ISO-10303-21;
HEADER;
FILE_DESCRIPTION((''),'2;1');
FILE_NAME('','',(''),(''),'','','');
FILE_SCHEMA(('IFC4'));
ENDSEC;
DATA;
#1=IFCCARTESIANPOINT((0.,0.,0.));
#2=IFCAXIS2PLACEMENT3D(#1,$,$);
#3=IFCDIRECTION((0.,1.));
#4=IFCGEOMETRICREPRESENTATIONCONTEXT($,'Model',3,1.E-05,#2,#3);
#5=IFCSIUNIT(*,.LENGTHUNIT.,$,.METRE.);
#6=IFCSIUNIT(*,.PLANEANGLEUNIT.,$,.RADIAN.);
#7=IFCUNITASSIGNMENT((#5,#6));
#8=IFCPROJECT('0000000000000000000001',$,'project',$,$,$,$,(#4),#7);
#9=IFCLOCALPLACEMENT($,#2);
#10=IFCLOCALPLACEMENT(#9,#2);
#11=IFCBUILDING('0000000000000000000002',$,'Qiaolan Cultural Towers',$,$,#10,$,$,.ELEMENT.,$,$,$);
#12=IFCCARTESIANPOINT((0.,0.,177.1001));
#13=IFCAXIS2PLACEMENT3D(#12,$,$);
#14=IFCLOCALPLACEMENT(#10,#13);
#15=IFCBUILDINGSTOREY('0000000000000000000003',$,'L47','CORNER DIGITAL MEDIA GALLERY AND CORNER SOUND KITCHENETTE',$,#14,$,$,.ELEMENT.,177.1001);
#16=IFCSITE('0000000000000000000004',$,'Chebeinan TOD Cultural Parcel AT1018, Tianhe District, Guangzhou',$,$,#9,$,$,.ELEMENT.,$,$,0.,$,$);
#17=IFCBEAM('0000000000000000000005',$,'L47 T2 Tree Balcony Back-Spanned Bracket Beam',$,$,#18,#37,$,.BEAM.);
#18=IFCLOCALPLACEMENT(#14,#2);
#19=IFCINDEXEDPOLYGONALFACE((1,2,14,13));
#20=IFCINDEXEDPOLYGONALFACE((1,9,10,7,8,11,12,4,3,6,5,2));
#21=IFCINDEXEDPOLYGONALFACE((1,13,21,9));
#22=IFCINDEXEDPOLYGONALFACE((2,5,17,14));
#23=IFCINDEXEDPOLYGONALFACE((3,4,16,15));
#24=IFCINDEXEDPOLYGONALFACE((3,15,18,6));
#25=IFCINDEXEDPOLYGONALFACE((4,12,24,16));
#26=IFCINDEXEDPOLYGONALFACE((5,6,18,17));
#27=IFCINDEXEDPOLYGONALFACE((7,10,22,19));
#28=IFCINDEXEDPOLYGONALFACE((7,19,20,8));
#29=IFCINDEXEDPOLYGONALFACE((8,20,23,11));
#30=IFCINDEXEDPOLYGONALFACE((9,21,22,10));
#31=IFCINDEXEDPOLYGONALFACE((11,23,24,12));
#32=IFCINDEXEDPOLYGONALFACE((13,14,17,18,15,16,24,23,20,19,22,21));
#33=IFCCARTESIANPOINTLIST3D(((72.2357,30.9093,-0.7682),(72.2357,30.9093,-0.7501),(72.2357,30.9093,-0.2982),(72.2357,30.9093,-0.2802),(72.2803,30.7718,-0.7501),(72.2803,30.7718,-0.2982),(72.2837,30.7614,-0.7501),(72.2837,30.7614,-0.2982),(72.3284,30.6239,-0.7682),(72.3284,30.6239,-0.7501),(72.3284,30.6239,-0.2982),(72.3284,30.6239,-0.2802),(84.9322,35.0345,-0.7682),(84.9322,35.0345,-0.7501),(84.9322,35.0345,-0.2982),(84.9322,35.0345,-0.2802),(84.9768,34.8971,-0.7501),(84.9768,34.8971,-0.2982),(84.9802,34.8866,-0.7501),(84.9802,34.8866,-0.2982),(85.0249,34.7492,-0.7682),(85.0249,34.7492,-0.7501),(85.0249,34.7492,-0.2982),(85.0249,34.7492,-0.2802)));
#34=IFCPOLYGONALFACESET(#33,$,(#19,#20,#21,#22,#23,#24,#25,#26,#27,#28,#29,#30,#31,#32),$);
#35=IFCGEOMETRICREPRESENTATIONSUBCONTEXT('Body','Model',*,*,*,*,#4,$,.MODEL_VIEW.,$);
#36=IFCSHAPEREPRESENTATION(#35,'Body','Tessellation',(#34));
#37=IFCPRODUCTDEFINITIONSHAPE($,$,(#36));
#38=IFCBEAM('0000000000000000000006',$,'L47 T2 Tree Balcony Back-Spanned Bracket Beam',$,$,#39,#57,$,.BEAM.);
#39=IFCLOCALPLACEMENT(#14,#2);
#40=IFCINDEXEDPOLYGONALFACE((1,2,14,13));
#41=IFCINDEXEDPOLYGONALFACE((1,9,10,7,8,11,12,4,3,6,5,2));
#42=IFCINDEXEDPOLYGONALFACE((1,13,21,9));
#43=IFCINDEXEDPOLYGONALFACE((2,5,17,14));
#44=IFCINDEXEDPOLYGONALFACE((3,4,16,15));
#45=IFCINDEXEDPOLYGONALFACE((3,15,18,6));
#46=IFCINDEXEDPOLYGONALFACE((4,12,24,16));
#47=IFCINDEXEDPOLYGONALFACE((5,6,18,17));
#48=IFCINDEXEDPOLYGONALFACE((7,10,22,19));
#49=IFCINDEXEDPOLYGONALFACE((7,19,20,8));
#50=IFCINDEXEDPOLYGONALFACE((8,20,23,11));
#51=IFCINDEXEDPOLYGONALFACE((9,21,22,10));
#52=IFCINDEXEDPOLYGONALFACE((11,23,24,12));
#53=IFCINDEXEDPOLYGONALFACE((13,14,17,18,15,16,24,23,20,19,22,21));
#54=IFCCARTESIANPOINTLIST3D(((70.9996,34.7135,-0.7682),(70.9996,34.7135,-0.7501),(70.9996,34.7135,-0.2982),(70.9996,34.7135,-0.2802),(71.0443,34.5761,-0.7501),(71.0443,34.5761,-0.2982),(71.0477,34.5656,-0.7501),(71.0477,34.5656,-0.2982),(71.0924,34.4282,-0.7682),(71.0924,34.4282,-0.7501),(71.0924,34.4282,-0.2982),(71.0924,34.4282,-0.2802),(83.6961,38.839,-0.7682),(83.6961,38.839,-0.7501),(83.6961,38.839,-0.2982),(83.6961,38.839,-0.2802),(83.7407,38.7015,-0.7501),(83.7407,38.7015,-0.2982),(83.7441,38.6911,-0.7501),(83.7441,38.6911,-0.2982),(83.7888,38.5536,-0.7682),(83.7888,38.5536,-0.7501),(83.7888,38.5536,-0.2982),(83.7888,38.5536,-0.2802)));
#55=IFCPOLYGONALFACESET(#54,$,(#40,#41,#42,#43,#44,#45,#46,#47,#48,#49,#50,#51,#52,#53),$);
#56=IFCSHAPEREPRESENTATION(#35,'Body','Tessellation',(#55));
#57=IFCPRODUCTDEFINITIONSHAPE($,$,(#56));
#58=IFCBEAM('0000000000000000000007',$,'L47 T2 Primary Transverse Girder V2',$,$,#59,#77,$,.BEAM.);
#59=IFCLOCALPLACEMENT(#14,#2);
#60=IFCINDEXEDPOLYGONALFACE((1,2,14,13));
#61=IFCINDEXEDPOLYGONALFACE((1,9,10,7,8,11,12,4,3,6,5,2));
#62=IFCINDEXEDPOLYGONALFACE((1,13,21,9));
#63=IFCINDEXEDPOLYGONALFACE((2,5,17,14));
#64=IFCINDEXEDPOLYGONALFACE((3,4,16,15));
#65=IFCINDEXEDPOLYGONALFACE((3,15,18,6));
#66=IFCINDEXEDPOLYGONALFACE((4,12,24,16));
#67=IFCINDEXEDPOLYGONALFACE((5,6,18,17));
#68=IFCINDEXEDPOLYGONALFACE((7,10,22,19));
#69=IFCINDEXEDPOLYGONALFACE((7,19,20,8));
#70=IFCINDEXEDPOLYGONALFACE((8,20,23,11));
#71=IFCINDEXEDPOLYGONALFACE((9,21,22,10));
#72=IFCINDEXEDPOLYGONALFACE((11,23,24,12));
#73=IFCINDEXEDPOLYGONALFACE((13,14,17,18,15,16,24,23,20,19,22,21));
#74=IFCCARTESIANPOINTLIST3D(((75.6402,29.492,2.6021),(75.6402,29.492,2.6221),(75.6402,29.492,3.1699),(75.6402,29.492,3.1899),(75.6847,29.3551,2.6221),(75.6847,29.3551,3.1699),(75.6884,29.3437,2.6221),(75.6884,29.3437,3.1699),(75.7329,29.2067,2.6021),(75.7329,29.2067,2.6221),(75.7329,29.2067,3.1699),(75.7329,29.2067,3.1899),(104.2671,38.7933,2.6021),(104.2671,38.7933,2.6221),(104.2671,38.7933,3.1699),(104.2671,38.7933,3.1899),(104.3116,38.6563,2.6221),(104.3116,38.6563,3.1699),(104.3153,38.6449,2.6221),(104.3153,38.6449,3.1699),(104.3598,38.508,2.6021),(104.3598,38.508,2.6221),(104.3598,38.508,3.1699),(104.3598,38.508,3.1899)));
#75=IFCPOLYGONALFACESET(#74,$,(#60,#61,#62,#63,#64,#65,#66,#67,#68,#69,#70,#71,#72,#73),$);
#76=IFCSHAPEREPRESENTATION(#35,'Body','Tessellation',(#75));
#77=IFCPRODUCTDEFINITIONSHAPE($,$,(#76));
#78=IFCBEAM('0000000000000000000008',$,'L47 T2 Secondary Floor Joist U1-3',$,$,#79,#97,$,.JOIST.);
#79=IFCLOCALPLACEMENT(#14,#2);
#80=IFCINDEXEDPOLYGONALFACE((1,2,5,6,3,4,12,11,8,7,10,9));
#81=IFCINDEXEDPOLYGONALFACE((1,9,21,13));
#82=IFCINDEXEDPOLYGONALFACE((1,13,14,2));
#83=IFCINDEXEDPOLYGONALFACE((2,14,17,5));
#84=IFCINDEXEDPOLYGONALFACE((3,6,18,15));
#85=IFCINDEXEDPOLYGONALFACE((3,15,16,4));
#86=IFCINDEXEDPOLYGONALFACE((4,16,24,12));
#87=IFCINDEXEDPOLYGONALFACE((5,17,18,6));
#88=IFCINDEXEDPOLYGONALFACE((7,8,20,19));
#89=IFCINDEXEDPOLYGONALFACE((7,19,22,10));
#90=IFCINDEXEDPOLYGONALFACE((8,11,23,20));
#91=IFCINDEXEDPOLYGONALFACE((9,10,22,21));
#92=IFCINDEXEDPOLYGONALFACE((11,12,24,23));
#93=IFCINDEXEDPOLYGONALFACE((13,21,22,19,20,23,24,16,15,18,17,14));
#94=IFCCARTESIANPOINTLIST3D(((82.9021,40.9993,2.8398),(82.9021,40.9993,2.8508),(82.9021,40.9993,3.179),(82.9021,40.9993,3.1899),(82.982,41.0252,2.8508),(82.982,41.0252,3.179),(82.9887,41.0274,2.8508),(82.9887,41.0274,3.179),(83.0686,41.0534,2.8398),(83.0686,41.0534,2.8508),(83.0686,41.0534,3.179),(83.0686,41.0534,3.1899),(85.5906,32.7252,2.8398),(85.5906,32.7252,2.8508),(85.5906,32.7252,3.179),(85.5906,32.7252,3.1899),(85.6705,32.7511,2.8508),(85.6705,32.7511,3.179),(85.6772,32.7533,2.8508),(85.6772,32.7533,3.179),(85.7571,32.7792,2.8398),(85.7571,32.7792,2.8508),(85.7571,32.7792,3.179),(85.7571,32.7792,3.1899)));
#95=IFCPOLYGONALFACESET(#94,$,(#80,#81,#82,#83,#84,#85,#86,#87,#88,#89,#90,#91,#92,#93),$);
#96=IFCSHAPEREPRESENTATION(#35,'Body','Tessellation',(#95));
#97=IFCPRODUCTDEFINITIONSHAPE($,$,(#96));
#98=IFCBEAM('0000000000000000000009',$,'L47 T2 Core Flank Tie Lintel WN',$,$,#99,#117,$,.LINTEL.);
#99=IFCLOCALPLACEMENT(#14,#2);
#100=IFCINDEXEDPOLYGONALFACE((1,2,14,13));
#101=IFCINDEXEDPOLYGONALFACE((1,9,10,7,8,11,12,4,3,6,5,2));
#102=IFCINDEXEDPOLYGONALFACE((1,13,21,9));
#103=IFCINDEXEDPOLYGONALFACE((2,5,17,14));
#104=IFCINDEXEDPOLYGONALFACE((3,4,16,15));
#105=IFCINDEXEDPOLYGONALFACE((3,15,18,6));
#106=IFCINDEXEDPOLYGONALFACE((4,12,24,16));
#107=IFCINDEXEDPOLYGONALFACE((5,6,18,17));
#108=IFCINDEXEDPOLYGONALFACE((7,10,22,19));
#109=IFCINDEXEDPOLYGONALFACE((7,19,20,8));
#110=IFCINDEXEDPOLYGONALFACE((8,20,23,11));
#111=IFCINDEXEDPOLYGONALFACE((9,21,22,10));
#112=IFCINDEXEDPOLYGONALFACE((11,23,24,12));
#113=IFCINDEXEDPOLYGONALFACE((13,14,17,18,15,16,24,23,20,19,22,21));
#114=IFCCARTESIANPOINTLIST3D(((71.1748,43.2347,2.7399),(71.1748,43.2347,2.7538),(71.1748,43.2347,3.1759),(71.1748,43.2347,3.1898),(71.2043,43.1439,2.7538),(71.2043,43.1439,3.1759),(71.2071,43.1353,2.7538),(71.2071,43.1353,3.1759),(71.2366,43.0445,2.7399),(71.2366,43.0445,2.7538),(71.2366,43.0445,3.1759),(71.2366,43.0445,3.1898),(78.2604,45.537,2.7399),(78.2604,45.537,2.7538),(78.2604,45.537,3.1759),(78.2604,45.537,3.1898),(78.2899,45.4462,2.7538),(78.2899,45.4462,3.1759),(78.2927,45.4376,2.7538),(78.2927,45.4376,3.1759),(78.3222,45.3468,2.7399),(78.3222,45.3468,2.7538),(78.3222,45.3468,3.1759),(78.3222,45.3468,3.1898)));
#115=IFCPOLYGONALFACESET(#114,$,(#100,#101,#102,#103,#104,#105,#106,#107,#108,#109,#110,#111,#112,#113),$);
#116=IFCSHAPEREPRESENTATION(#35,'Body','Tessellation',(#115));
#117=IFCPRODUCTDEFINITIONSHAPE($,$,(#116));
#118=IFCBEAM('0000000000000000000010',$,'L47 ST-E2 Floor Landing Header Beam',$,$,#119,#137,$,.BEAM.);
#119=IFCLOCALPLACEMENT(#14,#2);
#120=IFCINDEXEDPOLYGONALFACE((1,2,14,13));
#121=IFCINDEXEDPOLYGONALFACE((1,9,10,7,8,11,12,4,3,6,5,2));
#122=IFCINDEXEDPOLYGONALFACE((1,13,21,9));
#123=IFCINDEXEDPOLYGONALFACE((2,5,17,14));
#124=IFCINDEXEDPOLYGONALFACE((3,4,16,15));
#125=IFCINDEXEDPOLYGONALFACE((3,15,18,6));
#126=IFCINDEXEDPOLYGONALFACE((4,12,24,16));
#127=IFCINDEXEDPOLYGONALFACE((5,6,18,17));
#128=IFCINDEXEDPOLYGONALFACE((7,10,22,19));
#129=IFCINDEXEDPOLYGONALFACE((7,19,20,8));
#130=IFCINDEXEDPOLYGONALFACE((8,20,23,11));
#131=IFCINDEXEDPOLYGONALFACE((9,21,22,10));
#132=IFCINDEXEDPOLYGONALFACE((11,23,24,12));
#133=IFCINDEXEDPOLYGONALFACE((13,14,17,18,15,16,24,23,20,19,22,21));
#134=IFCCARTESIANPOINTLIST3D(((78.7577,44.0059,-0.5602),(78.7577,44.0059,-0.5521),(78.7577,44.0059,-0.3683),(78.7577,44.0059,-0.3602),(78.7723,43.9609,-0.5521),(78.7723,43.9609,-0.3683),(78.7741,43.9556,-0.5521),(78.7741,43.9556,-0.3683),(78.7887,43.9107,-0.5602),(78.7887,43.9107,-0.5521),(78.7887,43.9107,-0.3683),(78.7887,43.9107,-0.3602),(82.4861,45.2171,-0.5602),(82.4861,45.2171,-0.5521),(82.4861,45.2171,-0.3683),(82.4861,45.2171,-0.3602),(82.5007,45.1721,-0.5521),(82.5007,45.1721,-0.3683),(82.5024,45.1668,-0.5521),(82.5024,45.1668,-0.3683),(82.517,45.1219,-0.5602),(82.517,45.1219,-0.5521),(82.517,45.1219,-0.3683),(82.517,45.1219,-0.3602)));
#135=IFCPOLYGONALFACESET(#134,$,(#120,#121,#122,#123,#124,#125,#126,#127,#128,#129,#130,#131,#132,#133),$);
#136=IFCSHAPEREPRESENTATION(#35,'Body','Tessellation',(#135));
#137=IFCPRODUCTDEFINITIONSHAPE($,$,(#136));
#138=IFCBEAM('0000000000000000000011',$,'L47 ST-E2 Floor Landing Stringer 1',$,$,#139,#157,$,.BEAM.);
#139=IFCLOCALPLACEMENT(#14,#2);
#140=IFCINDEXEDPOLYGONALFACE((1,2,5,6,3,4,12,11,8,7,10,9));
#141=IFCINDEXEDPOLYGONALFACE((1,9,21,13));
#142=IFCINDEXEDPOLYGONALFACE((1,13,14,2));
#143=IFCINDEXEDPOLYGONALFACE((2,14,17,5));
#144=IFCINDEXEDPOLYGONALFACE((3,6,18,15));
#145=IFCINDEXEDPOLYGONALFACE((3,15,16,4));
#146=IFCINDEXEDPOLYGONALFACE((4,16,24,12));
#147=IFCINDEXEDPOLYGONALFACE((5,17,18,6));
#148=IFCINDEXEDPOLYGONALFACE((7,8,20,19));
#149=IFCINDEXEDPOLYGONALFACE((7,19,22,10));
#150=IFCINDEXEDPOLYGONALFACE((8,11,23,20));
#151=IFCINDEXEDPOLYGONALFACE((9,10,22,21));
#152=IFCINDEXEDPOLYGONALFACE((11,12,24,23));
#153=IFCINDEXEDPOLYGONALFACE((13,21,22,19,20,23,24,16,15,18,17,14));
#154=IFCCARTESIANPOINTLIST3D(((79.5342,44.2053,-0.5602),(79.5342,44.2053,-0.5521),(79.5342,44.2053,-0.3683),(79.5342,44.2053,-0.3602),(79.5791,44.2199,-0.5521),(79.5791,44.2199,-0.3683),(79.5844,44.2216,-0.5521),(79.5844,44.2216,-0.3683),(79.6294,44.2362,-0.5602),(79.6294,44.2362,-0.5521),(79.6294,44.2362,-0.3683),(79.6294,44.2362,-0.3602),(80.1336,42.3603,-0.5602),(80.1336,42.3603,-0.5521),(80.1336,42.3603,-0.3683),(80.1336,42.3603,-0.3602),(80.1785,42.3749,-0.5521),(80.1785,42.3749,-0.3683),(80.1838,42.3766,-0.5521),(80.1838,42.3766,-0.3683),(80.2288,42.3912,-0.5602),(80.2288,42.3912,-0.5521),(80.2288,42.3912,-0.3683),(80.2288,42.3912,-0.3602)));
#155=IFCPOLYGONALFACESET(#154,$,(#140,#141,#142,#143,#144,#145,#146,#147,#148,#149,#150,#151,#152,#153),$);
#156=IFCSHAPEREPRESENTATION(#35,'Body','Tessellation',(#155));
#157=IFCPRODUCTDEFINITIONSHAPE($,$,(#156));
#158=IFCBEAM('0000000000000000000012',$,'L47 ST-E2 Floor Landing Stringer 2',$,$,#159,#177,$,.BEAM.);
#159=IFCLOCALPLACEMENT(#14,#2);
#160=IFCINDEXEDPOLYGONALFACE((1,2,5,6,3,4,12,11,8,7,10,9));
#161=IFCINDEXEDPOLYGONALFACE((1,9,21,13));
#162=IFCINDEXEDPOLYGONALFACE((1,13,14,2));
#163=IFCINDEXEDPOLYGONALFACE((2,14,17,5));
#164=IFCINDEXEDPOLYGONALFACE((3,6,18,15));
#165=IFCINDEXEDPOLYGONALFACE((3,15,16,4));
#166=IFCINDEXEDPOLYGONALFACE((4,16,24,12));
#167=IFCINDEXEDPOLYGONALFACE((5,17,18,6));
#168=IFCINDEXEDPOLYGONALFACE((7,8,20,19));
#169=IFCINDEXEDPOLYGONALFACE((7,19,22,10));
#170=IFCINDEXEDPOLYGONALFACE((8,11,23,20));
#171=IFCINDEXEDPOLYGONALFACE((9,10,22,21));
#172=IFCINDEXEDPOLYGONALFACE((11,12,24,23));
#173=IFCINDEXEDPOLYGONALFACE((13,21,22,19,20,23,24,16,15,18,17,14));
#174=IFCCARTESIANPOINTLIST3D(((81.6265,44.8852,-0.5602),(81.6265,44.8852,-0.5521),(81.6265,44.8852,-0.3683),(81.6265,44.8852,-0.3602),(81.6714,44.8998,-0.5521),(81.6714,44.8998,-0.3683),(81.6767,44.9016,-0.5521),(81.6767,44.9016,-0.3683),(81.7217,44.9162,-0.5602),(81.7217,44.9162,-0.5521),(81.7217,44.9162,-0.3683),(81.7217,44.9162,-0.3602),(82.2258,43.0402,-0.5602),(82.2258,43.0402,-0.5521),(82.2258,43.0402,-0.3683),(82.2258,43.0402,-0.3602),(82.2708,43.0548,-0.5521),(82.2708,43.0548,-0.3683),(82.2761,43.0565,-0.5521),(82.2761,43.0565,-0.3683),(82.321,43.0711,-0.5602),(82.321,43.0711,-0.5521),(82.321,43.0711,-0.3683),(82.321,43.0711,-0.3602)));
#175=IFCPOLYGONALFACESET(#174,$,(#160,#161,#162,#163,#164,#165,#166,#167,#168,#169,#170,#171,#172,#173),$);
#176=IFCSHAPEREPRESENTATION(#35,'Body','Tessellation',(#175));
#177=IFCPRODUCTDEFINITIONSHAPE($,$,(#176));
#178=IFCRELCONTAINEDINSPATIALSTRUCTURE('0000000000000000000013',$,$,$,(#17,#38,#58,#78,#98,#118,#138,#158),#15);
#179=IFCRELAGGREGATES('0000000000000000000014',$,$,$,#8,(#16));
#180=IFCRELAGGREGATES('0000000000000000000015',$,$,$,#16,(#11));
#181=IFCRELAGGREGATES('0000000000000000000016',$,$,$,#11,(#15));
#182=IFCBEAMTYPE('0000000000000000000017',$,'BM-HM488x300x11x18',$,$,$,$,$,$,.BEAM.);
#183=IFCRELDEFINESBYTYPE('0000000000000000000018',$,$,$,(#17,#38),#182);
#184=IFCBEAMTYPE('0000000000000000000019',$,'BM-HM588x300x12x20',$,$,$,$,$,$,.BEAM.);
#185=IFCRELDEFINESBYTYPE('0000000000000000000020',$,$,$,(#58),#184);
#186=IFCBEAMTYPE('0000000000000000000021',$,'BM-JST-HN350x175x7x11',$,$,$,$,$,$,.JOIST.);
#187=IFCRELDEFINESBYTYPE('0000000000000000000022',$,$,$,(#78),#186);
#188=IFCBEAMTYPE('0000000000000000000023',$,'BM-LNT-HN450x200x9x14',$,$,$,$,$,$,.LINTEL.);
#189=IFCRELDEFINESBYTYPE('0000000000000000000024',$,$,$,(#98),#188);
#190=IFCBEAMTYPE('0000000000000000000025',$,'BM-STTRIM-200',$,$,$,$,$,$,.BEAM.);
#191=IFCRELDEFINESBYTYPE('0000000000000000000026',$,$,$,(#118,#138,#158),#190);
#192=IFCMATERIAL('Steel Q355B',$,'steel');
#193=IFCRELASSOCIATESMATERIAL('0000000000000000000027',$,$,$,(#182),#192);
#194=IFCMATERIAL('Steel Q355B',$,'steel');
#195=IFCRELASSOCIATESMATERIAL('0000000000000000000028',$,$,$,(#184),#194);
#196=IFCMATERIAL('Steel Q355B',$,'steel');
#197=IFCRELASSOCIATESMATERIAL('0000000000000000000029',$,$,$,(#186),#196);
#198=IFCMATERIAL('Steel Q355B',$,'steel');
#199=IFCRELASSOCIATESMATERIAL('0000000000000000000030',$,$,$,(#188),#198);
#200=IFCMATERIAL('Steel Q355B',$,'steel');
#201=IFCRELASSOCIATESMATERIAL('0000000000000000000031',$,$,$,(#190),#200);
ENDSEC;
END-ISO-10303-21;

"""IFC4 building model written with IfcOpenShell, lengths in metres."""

from ifc_helpers import new_model, si_unit, direction, frame, origin, origin_2d, place, context, subcontext, project, spatial, i_section, extrude, material, material_profile, profile_set, type_object, element, save


model = new_model("IFC4")

# Units and contexts
model_context = context("Model", 3, precision=1e-05, world=origin(), true_north=direction((0.0, 1.0)))
body_context = subcontext(model_context, "Body", "Model", "MODEL_VIEW")
ifc_project = project(units=[si_unit("LENGTHUNIT", "METRE"), si_unit("PLANEANGLEUNIT", "RADIAN")], contexts=[model_context])

# Site, building, storey
site_placement = place(None, origin())
site = spatial("IfcSite", under=ifc_project, at=site_placement, Name="Chebeinan TOD Cultural Parcel AT1018, Tianhe District, Guangzhou", CompositionType="ELEMENT", RefElevation=0.0)
building_placement = place(site_placement, origin())
building = spatial("IfcBuilding", under=site, at=building_placement, Name="Qiaolan Cultural Towers", CompositionType="ELEMENT")
storey_placement = place(building_placement, frame((0.0, 0.0, 177.1001)))
storey = spatial("IfcBuildingStorey", under=building, at=storey_placement, Name="L47", Description="CORNER DIGITAL MEDIA GALLERY AND CORNER SOUND KITCHENETTE", CompositionType="ELEMENT", Elevation=177.1001)

# Beams
ifc_material_1 = material(Name="Steel Q355B", Category="steel")
ifc_material_profile_1 = material_profile(ifc_material_1, i_section(OverallWidth=0.3, OverallDepth=0.488, WebThickness=0.011, FlangeThickness=0.0181, at=origin_2d()), Name="HM488x300x11x18")
ifc_profile_set_1 = profile_set([ifc_material_profile_1], Name="Steel Q355B")
beam_type_1 = type_object("IfcBeamType", Name="BM-HM488x300x11x18", PredefinedType="BEAM", material=ifc_profile_set_1)
for number, where, z_axis, x_axis, name in (
    (1, (84.9785, 34.8918, -0.5242), (-0.951059, -0.30901, 0.0), (0.30901, -0.951059, 0.0), "L47 T2 Tree Balcony Back-Spanned Bracket Beam"),
    (2, (83.7424, 38.6963, -0.5242), (-0.951054, -0.309026, 0.0), (0.309026, -0.951054, 0.0), "L47 T2 Tree Balcony Back-Spanned Bracket Beam"),
):
    element("IfcBeam", number, at=place(storey_placement, frame(where, z_axis=z_axis, x_axis=x_axis)), inside=storey, type_object=beam_type_1, Name=name, PredefinedType="BEAM", context=body_context, shape_type="SweptSolid", body=[
        extrude(i_section(OverallWidth=0.3, OverallDepth=0.488, WebThickness=0.011, FlangeThickness=0.0181, at=origin_2d()), origin(), (0.0, 0.0, 1.0), 13.3499),
    ])
ifc_material_2 = material(Name="Steel Q355B", Category="steel")
ifc_material_profile_2 = material_profile(ifc_material_2, i_section(OverallWidth=0.3, OverallDepth=0.5879, WebThickness=0.012, FlangeThickness=0.02, at=origin_2d()), Name="HM588x300x12x20")
ifc_profile_set_2 = profile_set([ifc_material_profile_2], Name="Steel Q355B")
beam_type_2 = type_object("IfcBeamType", Name="BM-HM588x300x12x20", PredefinedType="BEAM", material=ifc_profile_set_2)
beam_1_placement = place(storey_placement, frame((75.6865, 29.3494, 2.896), z_axis=(0.951058, 0.309011, 0.0), x_axis=(-0.309011, 0.951058, 0.0)))
element("IfcBeam", 3, at=beam_1_placement, inside=storey, type_object=beam_type_2, Name="L47 T2 Primary Transverse Girder V2", PredefinedType="BEAM", context=body_context, shape_type="SweptSolid", body=[
    extrude(i_section(OverallWidth=0.3, OverallDepth=0.5879, WebThickness=0.012, FlangeThickness=0.02, at=origin_2d()), origin(), (0.0, 0.0, 1.0), 30.1001),
])
ifc_material_3 = material(Name="Steel Q355B", Category="steel")
ifc_material_profile_3 = material_profile(ifc_material_3, i_section(OverallWidth=0.175, OverallDepth=0.3501, WebThickness=0.0071, FlangeThickness=0.011, at=origin_2d()), Name="HN350x175x7x11")
ifc_profile_set_3 = profile_set([ifc_material_profile_3], Name="Steel Q355B")
beam_type_3 = type_object("IfcBeamType", Name="BM-JST-HN350x175x7x11", PredefinedType="JOIST", material=ifc_profile_set_3)
beam_2_placement = place(storey_placement, frame((85.6738, 32.7522, 3.0149), z_axis=(-0.309021, 0.951055, 0.0), x_axis=(-0.951055, -0.309021, 0.0)))
element("IfcBeam", 4, at=beam_2_placement, inside=storey, type_object=beam_type_3, Name="L47 T2 Secondary Floor Joist U1-3", PredefinedType="JOIST", context=body_context, shape_type="SweptSolid", body=[
    extrude(i_section(OverallWidth=0.175, OverallDepth=0.3501, WebThickness=0.0071, FlangeThickness=0.011, at=origin_2d()), origin(), (0.0, 0.0, 1.0), 8.7),
])
ifc_material_4 = material(Name="Steel Q355B", Category="steel")
ifc_material_profile_4 = material_profile(ifc_material_4, i_section(OverallWidth=0.2, OverallDepth=0.45, WebThickness=0.009, FlangeThickness=0.0139, at=origin_2d()), Name="HN450x200x9x14")
ifc_profile_set_4 = profile_set([ifc_material_profile_4], Name="Steel Q355B")
beam_type_4 = type_object("IfcBeamType", Name="BM-LNT-HN450x200x9x14", PredefinedType="LINTEL", material=ifc_profile_set_4)
beam_3_placement = place(storey_placement, frame((78.2913, 45.4419, 2.9648), z_axis=(-0.951055, -0.309022, 0.0), x_axis=(0.309022, -0.951055, 0.0)))
element("IfcBeam", 5, at=beam_3_placement, inside=storey, type_object=beam_type_4, Name="L47 T2 Core Flank Tie Lintel WN", PredefinedType="LINTEL", context=body_context, shape_type="SweptSolid", body=[
    extrude(i_section(OverallWidth=0.2, OverallDepth=0.45, WebThickness=0.009, FlangeThickness=0.0139, at=origin_2d()), origin(), (0.0, 0.0, 1.0), 7.4502),
])
ifc_material_5 = material(Name="Steel Q355B", Category="steel")
ifc_material_profile_5 = material_profile(ifc_material_5, i_section(OverallWidth=0.1001, OverallDepth=0.2, WebThickness=0.0056, FlangeThickness=0.0081, at=origin_2d()), Name="HN200x100x5.5x8")
ifc_profile_set_5 = profile_set([ifc_material_profile_5], Name="Steel Q355B")
beam_type_5 = type_object("IfcBeamType", Name="BM-STTRIM-200", PredefinedType="BEAM", material=ifc_profile_set_5)
beam_4_placement = place(storey_placement, frame((78.7732, 43.9583, -0.4602), z_axis=(0.951072, 0.308969, 0.0), x_axis=(-0.308969, 0.951072, 0.0)))
element("IfcBeam", 6, at=beam_4_placement, inside=storey, type_object=beam_type_5, Name="L47 ST-E2 Floor Landing Header Beam", PredefinedType="BEAM", context=body_context, shape_type="SweptSolid", body=[
    extrude(i_section(OverallWidth=0.1001, OverallDepth=0.2, WebThickness=0.0056, FlangeThickness=0.0081, at=origin_2d()), origin(), (0.0, 0.0, 1.0), 3.9202),
])
for number, where, z_axis, x_axis, name in (
    (7, (80.1812, 42.3757, -0.4602), (-0.308969, 0.951072, 0.0), (-0.951072, -0.308969, 0.0), "L47 ST-E2 Floor Landing Stringer 1"),
    (8, (82.2734, 43.0557, -0.4602), (-0.308969, 0.951072, 0.0), (-0.951072, -0.308969, 0.0), "L47 ST-E2 Floor Landing Stringer 2"),
):
    element("IfcBeam", number, at=place(storey_placement, frame(where, z_axis=z_axis, x_axis=x_axis)), inside=storey, type_object=beam_type_5, Name=name, PredefinedType="BEAM", context=body_context, shape_type="SweptSolid", body=[
        extrude(i_section(OverallWidth=0.1001, OverallDepth=0.2, WebThickness=0.0056, FlangeThickness=0.0081, at=origin_2d()), origin(), (0.0, 0.0, 1.0), 1.9399),
    ])

save(model, "model.ifc")
